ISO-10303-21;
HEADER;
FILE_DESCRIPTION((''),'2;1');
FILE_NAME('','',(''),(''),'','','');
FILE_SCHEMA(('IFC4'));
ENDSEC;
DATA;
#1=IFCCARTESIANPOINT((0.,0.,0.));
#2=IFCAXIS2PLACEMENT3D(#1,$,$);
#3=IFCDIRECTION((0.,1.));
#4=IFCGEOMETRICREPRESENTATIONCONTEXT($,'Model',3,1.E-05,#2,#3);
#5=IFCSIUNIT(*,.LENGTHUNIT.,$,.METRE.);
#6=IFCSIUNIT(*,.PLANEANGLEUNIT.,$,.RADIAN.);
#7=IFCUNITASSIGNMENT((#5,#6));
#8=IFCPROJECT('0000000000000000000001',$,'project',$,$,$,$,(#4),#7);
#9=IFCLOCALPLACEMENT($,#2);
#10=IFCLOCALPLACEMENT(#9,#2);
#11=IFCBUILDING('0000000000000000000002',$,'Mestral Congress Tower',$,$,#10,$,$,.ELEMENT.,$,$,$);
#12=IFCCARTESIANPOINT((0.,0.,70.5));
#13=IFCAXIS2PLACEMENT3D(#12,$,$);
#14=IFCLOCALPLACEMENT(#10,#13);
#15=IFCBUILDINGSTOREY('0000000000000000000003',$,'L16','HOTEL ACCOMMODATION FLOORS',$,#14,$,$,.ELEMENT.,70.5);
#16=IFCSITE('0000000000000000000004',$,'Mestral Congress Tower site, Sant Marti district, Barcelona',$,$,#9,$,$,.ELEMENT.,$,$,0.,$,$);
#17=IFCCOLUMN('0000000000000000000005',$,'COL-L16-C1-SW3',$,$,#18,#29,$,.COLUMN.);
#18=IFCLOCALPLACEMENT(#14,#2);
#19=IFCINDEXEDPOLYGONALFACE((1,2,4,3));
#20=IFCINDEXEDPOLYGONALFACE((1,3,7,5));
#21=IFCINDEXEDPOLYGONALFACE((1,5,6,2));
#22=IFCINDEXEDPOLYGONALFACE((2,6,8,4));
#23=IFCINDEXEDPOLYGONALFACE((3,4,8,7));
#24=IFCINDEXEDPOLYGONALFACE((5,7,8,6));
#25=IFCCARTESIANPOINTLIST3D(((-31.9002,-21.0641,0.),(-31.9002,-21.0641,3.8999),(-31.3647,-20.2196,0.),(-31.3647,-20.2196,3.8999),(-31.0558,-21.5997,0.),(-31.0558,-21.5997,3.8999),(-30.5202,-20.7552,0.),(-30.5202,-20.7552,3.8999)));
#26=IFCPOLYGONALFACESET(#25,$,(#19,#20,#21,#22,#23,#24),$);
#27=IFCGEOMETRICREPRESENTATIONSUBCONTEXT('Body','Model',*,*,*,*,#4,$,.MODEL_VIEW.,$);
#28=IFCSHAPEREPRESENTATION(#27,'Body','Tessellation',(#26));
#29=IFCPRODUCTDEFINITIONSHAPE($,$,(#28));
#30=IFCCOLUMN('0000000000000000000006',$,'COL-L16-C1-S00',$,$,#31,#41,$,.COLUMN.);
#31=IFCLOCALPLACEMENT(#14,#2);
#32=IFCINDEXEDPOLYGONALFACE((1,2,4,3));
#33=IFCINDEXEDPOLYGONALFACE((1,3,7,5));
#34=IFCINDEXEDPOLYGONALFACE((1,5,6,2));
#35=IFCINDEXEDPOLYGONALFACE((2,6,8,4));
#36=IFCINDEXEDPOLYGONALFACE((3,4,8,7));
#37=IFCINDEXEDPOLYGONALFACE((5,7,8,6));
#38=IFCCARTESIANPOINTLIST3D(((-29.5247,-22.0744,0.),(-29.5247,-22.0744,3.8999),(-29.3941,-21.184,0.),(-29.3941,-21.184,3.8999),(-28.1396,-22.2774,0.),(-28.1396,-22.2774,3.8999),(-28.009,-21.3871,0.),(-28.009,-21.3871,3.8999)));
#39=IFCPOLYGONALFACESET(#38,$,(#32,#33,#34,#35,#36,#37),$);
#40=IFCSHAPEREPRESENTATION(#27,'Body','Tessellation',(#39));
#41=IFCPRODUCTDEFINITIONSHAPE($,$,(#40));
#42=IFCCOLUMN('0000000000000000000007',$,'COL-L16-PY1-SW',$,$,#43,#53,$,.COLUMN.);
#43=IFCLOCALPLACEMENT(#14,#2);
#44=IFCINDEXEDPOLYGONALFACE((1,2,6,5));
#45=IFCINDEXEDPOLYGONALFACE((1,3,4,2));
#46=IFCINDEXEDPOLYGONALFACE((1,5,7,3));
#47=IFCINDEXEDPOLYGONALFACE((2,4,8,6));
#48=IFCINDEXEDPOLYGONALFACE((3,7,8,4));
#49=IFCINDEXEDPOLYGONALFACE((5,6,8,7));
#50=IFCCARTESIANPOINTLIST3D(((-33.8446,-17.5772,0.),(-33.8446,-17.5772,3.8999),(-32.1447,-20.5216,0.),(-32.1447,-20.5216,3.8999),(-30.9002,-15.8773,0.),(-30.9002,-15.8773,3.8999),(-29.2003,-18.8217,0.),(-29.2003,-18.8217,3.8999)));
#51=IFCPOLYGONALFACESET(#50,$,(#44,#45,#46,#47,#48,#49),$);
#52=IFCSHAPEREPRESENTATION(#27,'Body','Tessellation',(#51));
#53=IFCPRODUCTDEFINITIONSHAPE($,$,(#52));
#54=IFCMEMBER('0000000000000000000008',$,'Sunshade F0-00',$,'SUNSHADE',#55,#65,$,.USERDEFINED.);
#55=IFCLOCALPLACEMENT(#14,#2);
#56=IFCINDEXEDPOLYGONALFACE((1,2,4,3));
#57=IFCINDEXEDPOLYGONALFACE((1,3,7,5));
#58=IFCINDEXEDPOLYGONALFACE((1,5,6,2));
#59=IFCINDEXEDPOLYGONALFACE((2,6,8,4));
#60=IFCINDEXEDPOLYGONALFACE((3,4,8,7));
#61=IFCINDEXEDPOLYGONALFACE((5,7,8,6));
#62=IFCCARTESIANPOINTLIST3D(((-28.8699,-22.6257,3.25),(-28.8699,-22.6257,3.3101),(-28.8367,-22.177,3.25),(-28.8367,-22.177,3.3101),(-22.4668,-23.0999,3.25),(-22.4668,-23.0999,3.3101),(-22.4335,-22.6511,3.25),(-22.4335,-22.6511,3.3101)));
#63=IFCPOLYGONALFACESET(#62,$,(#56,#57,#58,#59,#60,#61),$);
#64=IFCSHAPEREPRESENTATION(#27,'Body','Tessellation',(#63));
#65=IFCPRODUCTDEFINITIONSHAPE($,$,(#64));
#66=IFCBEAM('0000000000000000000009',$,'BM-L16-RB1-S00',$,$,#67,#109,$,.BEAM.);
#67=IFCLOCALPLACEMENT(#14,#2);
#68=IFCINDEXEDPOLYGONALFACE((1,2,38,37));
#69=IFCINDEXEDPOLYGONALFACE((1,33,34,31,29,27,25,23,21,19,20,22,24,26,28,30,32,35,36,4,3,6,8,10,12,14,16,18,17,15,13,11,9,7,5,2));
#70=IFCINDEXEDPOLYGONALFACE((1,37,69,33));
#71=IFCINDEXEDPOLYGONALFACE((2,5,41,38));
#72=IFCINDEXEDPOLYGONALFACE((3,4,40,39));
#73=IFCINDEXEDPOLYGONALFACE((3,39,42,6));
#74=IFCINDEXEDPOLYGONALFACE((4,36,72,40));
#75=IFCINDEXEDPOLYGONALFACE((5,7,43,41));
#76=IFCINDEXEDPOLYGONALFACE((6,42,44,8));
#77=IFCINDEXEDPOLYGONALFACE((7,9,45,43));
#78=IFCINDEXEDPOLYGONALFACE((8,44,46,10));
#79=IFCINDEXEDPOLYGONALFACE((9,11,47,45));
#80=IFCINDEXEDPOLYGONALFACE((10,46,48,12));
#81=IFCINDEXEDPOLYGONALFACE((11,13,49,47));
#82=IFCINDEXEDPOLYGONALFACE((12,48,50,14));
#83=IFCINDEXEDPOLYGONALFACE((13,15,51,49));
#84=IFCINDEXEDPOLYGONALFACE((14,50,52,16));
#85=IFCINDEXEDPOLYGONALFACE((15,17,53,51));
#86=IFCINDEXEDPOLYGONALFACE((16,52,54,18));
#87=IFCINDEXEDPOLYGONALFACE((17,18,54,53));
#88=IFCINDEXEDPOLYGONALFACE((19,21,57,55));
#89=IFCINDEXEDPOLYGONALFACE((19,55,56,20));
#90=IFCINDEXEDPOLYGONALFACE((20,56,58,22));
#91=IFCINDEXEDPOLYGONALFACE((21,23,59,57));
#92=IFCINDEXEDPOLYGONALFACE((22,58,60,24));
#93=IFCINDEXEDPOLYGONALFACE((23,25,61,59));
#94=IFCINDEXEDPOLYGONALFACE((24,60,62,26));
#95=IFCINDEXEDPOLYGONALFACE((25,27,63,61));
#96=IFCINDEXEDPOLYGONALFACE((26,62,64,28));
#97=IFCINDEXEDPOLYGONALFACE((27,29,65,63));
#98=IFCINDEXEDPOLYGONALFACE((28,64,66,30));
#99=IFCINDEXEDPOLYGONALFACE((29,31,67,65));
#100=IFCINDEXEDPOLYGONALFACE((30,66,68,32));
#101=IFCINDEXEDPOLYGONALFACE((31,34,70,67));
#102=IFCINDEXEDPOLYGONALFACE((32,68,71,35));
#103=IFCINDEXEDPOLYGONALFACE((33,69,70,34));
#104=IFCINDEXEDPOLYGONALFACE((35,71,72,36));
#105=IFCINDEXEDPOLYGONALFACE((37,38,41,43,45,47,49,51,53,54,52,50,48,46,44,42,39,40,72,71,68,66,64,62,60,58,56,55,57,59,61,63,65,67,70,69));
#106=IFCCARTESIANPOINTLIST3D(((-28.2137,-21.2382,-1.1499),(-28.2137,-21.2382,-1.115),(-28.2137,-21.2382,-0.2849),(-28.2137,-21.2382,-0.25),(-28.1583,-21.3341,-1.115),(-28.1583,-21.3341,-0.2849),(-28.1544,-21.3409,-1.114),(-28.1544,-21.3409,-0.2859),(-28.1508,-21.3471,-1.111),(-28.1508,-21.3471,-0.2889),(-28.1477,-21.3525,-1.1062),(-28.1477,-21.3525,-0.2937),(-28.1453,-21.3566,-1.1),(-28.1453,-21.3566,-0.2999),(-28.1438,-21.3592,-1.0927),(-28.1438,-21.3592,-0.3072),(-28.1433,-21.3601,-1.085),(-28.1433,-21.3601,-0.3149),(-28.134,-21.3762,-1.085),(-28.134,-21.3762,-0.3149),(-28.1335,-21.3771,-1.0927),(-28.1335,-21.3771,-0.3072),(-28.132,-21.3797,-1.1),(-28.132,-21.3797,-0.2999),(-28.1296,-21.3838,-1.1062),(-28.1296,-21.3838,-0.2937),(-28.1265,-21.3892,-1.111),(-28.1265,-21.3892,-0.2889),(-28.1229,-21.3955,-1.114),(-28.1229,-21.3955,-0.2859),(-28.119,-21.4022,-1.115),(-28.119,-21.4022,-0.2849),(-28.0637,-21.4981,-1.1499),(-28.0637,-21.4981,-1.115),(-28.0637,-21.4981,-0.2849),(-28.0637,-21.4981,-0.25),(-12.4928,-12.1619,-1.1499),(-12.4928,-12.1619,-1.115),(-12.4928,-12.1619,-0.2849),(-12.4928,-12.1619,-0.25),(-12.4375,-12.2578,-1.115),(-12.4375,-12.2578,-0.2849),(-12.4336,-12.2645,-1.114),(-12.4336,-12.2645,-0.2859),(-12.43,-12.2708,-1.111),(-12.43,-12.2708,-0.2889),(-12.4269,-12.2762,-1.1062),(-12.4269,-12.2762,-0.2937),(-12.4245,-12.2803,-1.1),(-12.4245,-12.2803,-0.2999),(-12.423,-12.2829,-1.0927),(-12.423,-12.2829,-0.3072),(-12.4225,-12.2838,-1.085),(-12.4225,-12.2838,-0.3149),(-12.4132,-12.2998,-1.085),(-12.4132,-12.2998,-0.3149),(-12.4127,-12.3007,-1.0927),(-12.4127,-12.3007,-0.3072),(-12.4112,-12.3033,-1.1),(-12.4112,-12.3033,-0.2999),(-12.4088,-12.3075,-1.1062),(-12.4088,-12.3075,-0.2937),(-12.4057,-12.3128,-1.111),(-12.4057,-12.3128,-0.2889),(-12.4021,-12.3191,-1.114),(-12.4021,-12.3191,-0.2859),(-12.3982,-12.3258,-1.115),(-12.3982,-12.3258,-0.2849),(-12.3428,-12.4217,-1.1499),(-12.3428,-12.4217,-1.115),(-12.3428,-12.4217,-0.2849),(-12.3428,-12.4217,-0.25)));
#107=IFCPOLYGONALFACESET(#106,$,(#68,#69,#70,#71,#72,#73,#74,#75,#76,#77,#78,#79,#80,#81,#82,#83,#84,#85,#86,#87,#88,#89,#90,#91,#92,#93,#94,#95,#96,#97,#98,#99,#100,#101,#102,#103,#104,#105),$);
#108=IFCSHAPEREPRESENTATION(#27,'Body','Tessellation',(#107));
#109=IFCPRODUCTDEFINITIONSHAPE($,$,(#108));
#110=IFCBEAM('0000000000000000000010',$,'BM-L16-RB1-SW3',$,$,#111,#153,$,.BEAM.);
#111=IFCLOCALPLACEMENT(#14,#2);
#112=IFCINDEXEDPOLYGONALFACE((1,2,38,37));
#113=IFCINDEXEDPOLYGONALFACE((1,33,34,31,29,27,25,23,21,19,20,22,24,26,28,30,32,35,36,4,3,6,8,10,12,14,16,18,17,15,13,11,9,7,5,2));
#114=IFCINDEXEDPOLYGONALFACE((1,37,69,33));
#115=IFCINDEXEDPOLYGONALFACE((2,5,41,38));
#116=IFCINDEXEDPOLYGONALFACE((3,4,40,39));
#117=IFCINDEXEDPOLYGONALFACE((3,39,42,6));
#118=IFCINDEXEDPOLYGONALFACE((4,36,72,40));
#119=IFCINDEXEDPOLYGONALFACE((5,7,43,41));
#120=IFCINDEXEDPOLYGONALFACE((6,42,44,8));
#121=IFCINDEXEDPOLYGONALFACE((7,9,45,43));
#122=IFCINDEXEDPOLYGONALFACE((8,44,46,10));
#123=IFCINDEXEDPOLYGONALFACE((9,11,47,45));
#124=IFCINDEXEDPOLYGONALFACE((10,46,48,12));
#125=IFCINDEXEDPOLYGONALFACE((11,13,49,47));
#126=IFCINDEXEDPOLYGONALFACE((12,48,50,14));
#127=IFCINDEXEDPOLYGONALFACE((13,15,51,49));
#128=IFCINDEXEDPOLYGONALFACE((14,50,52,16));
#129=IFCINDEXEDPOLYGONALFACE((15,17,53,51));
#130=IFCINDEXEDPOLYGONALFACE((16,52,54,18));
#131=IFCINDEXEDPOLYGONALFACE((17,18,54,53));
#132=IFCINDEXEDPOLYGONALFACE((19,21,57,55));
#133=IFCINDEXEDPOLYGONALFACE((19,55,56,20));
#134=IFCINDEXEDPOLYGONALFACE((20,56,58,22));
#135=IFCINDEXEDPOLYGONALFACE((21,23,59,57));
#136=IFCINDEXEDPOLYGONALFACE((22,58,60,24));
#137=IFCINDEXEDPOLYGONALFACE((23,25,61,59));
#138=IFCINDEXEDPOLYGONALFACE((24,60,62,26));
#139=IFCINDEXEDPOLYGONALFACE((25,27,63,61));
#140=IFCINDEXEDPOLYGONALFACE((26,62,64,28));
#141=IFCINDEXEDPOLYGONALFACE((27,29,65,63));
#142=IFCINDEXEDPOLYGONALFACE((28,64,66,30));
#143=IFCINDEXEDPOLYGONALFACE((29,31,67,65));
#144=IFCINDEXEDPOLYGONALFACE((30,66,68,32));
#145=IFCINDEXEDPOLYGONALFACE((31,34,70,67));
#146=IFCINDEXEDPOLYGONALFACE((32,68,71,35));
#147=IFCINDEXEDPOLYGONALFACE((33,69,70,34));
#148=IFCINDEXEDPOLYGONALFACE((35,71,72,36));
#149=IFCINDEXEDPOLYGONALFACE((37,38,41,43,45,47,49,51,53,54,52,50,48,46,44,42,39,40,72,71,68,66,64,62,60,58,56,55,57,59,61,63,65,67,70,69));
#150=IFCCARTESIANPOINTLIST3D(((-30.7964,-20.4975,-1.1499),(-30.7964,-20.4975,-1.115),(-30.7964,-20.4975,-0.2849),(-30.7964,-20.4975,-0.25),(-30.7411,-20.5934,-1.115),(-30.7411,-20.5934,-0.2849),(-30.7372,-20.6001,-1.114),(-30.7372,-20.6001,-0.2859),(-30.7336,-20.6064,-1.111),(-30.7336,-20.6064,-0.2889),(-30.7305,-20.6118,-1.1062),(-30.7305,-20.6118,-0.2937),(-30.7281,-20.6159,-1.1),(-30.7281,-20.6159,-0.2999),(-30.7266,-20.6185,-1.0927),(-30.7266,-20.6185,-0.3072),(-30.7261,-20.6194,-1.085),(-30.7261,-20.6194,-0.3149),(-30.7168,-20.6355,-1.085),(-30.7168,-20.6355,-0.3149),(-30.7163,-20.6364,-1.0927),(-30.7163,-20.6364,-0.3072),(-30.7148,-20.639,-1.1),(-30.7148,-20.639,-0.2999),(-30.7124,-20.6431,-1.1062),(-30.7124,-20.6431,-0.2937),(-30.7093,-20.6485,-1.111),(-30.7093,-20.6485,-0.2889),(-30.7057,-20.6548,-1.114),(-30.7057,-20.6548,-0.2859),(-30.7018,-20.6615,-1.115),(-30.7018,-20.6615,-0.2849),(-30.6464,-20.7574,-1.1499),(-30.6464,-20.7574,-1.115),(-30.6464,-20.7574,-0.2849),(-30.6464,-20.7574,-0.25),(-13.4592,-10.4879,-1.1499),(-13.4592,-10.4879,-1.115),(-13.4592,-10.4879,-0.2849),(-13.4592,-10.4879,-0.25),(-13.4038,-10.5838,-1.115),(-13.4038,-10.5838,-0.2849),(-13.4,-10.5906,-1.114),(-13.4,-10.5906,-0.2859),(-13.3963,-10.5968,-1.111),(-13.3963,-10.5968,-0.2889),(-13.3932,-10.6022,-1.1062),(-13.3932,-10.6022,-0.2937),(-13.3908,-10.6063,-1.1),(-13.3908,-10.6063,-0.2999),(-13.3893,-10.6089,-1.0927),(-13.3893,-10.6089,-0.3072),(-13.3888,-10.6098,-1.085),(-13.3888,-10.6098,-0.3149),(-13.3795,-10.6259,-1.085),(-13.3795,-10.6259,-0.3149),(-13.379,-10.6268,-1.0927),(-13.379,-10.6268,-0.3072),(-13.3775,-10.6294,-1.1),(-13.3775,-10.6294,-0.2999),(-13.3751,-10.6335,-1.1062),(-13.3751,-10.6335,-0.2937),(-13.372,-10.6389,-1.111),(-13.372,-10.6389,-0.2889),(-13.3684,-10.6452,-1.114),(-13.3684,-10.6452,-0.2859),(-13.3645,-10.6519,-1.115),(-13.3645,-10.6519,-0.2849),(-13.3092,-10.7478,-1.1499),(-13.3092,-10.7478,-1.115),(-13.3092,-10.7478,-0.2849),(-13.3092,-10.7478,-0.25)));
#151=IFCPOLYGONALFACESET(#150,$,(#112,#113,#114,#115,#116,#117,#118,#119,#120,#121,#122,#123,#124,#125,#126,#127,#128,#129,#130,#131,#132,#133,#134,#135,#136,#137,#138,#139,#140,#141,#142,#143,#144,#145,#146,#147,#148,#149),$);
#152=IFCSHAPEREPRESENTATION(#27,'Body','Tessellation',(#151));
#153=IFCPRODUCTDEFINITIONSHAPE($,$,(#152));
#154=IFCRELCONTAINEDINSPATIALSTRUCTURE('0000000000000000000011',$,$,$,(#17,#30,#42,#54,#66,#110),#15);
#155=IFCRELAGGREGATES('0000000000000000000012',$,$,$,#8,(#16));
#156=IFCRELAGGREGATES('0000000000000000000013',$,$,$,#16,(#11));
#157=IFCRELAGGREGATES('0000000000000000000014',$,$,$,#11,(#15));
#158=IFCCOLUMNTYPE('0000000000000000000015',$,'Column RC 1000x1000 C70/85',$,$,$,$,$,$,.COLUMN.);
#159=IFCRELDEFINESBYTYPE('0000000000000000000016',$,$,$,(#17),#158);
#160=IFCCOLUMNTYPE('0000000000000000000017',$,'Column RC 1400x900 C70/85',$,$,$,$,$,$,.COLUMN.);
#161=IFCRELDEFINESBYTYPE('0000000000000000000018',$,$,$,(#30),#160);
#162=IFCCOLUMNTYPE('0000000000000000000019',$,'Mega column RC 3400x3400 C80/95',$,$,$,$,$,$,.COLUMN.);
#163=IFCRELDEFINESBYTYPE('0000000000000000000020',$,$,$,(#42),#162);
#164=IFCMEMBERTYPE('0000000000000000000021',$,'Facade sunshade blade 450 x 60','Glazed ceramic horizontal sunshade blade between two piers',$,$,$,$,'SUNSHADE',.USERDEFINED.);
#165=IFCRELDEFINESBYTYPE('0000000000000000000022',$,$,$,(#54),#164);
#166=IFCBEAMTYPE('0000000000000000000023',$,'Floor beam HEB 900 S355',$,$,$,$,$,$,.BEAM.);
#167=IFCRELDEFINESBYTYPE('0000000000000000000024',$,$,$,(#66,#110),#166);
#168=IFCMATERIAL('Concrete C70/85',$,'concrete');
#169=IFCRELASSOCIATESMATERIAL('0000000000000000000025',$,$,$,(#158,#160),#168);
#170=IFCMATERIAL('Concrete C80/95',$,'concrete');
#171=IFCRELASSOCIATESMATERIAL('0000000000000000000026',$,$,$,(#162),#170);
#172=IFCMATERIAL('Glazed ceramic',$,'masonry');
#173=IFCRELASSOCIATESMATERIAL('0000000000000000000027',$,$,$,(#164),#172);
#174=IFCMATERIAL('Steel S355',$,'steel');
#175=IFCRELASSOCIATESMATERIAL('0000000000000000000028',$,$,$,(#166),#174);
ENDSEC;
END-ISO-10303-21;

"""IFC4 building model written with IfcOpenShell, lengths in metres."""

from ifc_helpers import new_model, si_unit, direction, frame, origin, origin_2d, place, context, subcontext, project, spatial, rectangle, i_section, extrude, material, material_profile, profile_set, type_object, element, save


model = new_model("IFC4")

# Units and contexts
model_context = context("Model", 3, precision=1e-05, world=origin(), true_north=direction((0.0, 1.0)))
body_context = subcontext(model_context, "Body", "Model", "MODEL_VIEW")
ifc_project = project(units=[si_unit("LENGTHUNIT", "METRE"), si_unit("PLANEANGLEUNIT", "RADIAN")], contexts=[model_context])

# Site, building, storey
site_placement = place(None, origin())
site = spatial("IfcSite", under=ifc_project, at=site_placement, Name="Mestral Congress Tower site, Sant Marti district, Barcelona", CompositionType="ELEMENT", RefElevation=0.0)
building_placement = place(site_placement, origin())
building = spatial("IfcBuilding", under=site, at=building_placement, Name="Mestral Congress Tower", CompositionType="ELEMENT")
storey_placement = place(building_placement, frame((0.0, 0.0, 70.5)))
storey = spatial("IfcBuildingStorey", under=building, at=storey_placement, Name="L16", Description="HOTEL ACCOMMODATION FLOORS", CompositionType="ELEMENT", Elevation=70.5)

# Columns
ifc_material_1 = material(Name="Concrete C70/85", Category="concrete")
ifc_material_profile_1 = material_profile(ifc_material_1, rectangle(XDim=1.0, YDim=1.0, at=origin_2d()), Name="RC 1000x1000")
ifc_profile_set_1 = profile_set([ifc_material_profile_1], Name="Concrete C70/85")
column_type_1 = type_object("IfcColumnType", Name="Column RC 1000x1000 C70/85", PredefinedType="COLUMN", material=ifc_profile_set_1)
column_1_placement = place(storey_placement, frame((-31.2102, -20.9097, 0.0), z_axis=(0.0, 0.0, 1.0), x_axis=(0.844485, -0.535579, 0.0)))
element("IfcColumn", 1, at=column_1_placement, inside=storey, type_object=column_type_1, Name="COL-L16-C1-SW3", PredefinedType="COLUMN", context=body_context, shape_type="SweptSolid", body=[
    extrude(rectangle(XDim=1.0, YDim=1.0, at=origin_2d()), origin(), (0.0, 0.0, 1.0), 3.8999),
])
ifc_material_profile_2 = material_profile(ifc_material_1, rectangle(XDim=1.3999, YDim=0.8999, at=origin_2d()), Name="RC 1400x900")
ifc_profile_set_2 = profile_set([ifc_material_profile_2], Name="Concrete C70/85")
column_type_2 = type_object("IfcColumnType", Name="Column RC 1400x900 C70/85", PredefinedType="COLUMN", material=ifc_profile_set_2)
column_2_placement = place(storey_placement, frame((-28.7668, -21.7307, 0.0), z_axis=(0.0, 0.0, 1.0), x_axis=(0.989424, -0.145056, 0.0)))
element("IfcColumn", 2, at=column_2_placement, inside=storey, type_object=column_type_2, Name="COL-L16-C1-S00", PredefinedType="COLUMN", context=body_context, shape_type="SweptSolid", body=[
    extrude(rectangle(XDim=1.3999, YDim=0.8999, at=origin_2d()), origin(), (0.0, 0.0, 1.0), 3.8999),
])
ifc_material_2 = material(Name="Concrete C80/95", Category="concrete")
ifc_material_profile_3 = material_profile(ifc_material_2, rectangle(XDim=3.3999, YDim=3.3999, at=origin_2d()), Name="RC 3400x3400")
ifc_profile_set_3 = profile_set([ifc_material_profile_3], Name="Concrete C80/95")
column_type_3 = type_object("IfcColumnType", Name="Mega column RC 3400x3400 C80/95", PredefinedType="COLUMN", material=ifc_profile_set_3)
column_3_placement = place(storey_placement, frame((-31.5225, -18.1995, 0.0), z_axis=(0.0, 0.0, 1.0), x_axis=(-0.866025, -0.5, 0.0)))
element("IfcColumn", 3, at=column_3_placement, inside=storey, type_object=column_type_3, Name="COL-L16-PY1-SW", PredefinedType="COLUMN", context=body_context, shape_type="SweptSolid", body=[
    extrude(rectangle(XDim=3.3999, YDim=3.3999, at=origin_2d()), origin(), (0.0, 0.0, 1.0), 3.8999),
])

# Member
ifc_material_3 = material(Name="Glazed ceramic", Category="masonry")
ifc_material_profile_4 = material_profile(ifc_material_3, rectangle(XDim=0.45, YDim=0.0601, at=origin_2d()), Name="Ceramic blade 450 x 60")
ifc_profile_set_4 = profile_set([ifc_material_profile_4], Name="Glazed ceramic")
member_type = type_object("IfcMemberType", Name="Facade sunshade blade 450 x 60", Description="Glazed ceramic horizontal sunshade blade between two piers", ElementType="SUNSHADE", PredefinedType="USERDEFINED", material=ifc_profile_set_4)
member_placement = place(storey_placement, frame((-28.8533, -22.4014, 3.28), z_axis=(0.99727, -0.073844, 0.0), x_axis=(0.073844, 0.99727, 0.0)))
element("IfcMember", 4, at=member_placement, inside=storey, type_object=member_type, Name="Sunshade F0-00", ObjectType="SUNSHADE", PredefinedType="USERDEFINED", context=body_context, shape_type="SweptSolid", body=[
    extrude(rectangle(XDim=0.45, YDim=0.0601, at=origin_2d()), origin(), (0.0, 0.0, 1.0), 6.4207),
])

# Beams
ifc_material_4 = material(Name="Steel S355", Category="steel")
ifc_material_profile_5 = material_profile(ifc_material_4, i_section(OverallWidth=0.3, OverallDepth=0.8999, WebThickness=0.0186, FlangeThickness=0.0349, FilletRadius=0.03, at=origin_2d()), Name="HEB 900")
ifc_profile_set_5 = profile_set([ifc_material_profile_5], Name="Steel S355")
beam_type_1 = type_object("IfcBeamType", Name="Floor beam HEB 900 S355", PredefinedType="BEAM", material=ifc_profile_set_5)
beam_1_placement = place(storey_placement, frame((-28.1387, -21.3682, -0.7), z_axis=(0.866027, 0.499997, 0.0), x_axis=(-0.499997, 0.866027, 0.0)))
element("IfcBeam", 5, at=beam_1_placement, inside=storey, type_object=beam_type_1, Name="BM-L16-RB1-S00", PredefinedType="BEAM", context=body_context, shape_type="SweptSolid", body=[
    extrude(i_section(OverallWidth=0.3, OverallDepth=0.8999, WebThickness=0.0186, FlangeThickness=0.0349, FilletRadius=0.03, at=origin_2d()), origin(), (0.0, 0.0, 1.0), 18.1528),
])
beam_2_placement = place(storey_placement, frame((-30.7214, -20.6274, -0.7), z_axis=(0.866027, 0.499997, 0.0), x_axis=(-0.499997, 0.866027, 0.0)))
element("IfcBeam", 6, at=beam_2_placement, inside=storey, type_object=beam_type_1, Name="BM-L16-RB1-SW3", PredefinedType="BEAM", context=body_context, shape_type="SweptSolid", body=[
    extrude(i_section(OverallWidth=0.3, OverallDepth=0.8999, WebThickness=0.0186, FlangeThickness=0.0349, FilletRadius=0.03, at=origin_2d()), origin(), (0.0, 0.0, 1.0), 20.0193),
])

save(model, "model.ifc")
